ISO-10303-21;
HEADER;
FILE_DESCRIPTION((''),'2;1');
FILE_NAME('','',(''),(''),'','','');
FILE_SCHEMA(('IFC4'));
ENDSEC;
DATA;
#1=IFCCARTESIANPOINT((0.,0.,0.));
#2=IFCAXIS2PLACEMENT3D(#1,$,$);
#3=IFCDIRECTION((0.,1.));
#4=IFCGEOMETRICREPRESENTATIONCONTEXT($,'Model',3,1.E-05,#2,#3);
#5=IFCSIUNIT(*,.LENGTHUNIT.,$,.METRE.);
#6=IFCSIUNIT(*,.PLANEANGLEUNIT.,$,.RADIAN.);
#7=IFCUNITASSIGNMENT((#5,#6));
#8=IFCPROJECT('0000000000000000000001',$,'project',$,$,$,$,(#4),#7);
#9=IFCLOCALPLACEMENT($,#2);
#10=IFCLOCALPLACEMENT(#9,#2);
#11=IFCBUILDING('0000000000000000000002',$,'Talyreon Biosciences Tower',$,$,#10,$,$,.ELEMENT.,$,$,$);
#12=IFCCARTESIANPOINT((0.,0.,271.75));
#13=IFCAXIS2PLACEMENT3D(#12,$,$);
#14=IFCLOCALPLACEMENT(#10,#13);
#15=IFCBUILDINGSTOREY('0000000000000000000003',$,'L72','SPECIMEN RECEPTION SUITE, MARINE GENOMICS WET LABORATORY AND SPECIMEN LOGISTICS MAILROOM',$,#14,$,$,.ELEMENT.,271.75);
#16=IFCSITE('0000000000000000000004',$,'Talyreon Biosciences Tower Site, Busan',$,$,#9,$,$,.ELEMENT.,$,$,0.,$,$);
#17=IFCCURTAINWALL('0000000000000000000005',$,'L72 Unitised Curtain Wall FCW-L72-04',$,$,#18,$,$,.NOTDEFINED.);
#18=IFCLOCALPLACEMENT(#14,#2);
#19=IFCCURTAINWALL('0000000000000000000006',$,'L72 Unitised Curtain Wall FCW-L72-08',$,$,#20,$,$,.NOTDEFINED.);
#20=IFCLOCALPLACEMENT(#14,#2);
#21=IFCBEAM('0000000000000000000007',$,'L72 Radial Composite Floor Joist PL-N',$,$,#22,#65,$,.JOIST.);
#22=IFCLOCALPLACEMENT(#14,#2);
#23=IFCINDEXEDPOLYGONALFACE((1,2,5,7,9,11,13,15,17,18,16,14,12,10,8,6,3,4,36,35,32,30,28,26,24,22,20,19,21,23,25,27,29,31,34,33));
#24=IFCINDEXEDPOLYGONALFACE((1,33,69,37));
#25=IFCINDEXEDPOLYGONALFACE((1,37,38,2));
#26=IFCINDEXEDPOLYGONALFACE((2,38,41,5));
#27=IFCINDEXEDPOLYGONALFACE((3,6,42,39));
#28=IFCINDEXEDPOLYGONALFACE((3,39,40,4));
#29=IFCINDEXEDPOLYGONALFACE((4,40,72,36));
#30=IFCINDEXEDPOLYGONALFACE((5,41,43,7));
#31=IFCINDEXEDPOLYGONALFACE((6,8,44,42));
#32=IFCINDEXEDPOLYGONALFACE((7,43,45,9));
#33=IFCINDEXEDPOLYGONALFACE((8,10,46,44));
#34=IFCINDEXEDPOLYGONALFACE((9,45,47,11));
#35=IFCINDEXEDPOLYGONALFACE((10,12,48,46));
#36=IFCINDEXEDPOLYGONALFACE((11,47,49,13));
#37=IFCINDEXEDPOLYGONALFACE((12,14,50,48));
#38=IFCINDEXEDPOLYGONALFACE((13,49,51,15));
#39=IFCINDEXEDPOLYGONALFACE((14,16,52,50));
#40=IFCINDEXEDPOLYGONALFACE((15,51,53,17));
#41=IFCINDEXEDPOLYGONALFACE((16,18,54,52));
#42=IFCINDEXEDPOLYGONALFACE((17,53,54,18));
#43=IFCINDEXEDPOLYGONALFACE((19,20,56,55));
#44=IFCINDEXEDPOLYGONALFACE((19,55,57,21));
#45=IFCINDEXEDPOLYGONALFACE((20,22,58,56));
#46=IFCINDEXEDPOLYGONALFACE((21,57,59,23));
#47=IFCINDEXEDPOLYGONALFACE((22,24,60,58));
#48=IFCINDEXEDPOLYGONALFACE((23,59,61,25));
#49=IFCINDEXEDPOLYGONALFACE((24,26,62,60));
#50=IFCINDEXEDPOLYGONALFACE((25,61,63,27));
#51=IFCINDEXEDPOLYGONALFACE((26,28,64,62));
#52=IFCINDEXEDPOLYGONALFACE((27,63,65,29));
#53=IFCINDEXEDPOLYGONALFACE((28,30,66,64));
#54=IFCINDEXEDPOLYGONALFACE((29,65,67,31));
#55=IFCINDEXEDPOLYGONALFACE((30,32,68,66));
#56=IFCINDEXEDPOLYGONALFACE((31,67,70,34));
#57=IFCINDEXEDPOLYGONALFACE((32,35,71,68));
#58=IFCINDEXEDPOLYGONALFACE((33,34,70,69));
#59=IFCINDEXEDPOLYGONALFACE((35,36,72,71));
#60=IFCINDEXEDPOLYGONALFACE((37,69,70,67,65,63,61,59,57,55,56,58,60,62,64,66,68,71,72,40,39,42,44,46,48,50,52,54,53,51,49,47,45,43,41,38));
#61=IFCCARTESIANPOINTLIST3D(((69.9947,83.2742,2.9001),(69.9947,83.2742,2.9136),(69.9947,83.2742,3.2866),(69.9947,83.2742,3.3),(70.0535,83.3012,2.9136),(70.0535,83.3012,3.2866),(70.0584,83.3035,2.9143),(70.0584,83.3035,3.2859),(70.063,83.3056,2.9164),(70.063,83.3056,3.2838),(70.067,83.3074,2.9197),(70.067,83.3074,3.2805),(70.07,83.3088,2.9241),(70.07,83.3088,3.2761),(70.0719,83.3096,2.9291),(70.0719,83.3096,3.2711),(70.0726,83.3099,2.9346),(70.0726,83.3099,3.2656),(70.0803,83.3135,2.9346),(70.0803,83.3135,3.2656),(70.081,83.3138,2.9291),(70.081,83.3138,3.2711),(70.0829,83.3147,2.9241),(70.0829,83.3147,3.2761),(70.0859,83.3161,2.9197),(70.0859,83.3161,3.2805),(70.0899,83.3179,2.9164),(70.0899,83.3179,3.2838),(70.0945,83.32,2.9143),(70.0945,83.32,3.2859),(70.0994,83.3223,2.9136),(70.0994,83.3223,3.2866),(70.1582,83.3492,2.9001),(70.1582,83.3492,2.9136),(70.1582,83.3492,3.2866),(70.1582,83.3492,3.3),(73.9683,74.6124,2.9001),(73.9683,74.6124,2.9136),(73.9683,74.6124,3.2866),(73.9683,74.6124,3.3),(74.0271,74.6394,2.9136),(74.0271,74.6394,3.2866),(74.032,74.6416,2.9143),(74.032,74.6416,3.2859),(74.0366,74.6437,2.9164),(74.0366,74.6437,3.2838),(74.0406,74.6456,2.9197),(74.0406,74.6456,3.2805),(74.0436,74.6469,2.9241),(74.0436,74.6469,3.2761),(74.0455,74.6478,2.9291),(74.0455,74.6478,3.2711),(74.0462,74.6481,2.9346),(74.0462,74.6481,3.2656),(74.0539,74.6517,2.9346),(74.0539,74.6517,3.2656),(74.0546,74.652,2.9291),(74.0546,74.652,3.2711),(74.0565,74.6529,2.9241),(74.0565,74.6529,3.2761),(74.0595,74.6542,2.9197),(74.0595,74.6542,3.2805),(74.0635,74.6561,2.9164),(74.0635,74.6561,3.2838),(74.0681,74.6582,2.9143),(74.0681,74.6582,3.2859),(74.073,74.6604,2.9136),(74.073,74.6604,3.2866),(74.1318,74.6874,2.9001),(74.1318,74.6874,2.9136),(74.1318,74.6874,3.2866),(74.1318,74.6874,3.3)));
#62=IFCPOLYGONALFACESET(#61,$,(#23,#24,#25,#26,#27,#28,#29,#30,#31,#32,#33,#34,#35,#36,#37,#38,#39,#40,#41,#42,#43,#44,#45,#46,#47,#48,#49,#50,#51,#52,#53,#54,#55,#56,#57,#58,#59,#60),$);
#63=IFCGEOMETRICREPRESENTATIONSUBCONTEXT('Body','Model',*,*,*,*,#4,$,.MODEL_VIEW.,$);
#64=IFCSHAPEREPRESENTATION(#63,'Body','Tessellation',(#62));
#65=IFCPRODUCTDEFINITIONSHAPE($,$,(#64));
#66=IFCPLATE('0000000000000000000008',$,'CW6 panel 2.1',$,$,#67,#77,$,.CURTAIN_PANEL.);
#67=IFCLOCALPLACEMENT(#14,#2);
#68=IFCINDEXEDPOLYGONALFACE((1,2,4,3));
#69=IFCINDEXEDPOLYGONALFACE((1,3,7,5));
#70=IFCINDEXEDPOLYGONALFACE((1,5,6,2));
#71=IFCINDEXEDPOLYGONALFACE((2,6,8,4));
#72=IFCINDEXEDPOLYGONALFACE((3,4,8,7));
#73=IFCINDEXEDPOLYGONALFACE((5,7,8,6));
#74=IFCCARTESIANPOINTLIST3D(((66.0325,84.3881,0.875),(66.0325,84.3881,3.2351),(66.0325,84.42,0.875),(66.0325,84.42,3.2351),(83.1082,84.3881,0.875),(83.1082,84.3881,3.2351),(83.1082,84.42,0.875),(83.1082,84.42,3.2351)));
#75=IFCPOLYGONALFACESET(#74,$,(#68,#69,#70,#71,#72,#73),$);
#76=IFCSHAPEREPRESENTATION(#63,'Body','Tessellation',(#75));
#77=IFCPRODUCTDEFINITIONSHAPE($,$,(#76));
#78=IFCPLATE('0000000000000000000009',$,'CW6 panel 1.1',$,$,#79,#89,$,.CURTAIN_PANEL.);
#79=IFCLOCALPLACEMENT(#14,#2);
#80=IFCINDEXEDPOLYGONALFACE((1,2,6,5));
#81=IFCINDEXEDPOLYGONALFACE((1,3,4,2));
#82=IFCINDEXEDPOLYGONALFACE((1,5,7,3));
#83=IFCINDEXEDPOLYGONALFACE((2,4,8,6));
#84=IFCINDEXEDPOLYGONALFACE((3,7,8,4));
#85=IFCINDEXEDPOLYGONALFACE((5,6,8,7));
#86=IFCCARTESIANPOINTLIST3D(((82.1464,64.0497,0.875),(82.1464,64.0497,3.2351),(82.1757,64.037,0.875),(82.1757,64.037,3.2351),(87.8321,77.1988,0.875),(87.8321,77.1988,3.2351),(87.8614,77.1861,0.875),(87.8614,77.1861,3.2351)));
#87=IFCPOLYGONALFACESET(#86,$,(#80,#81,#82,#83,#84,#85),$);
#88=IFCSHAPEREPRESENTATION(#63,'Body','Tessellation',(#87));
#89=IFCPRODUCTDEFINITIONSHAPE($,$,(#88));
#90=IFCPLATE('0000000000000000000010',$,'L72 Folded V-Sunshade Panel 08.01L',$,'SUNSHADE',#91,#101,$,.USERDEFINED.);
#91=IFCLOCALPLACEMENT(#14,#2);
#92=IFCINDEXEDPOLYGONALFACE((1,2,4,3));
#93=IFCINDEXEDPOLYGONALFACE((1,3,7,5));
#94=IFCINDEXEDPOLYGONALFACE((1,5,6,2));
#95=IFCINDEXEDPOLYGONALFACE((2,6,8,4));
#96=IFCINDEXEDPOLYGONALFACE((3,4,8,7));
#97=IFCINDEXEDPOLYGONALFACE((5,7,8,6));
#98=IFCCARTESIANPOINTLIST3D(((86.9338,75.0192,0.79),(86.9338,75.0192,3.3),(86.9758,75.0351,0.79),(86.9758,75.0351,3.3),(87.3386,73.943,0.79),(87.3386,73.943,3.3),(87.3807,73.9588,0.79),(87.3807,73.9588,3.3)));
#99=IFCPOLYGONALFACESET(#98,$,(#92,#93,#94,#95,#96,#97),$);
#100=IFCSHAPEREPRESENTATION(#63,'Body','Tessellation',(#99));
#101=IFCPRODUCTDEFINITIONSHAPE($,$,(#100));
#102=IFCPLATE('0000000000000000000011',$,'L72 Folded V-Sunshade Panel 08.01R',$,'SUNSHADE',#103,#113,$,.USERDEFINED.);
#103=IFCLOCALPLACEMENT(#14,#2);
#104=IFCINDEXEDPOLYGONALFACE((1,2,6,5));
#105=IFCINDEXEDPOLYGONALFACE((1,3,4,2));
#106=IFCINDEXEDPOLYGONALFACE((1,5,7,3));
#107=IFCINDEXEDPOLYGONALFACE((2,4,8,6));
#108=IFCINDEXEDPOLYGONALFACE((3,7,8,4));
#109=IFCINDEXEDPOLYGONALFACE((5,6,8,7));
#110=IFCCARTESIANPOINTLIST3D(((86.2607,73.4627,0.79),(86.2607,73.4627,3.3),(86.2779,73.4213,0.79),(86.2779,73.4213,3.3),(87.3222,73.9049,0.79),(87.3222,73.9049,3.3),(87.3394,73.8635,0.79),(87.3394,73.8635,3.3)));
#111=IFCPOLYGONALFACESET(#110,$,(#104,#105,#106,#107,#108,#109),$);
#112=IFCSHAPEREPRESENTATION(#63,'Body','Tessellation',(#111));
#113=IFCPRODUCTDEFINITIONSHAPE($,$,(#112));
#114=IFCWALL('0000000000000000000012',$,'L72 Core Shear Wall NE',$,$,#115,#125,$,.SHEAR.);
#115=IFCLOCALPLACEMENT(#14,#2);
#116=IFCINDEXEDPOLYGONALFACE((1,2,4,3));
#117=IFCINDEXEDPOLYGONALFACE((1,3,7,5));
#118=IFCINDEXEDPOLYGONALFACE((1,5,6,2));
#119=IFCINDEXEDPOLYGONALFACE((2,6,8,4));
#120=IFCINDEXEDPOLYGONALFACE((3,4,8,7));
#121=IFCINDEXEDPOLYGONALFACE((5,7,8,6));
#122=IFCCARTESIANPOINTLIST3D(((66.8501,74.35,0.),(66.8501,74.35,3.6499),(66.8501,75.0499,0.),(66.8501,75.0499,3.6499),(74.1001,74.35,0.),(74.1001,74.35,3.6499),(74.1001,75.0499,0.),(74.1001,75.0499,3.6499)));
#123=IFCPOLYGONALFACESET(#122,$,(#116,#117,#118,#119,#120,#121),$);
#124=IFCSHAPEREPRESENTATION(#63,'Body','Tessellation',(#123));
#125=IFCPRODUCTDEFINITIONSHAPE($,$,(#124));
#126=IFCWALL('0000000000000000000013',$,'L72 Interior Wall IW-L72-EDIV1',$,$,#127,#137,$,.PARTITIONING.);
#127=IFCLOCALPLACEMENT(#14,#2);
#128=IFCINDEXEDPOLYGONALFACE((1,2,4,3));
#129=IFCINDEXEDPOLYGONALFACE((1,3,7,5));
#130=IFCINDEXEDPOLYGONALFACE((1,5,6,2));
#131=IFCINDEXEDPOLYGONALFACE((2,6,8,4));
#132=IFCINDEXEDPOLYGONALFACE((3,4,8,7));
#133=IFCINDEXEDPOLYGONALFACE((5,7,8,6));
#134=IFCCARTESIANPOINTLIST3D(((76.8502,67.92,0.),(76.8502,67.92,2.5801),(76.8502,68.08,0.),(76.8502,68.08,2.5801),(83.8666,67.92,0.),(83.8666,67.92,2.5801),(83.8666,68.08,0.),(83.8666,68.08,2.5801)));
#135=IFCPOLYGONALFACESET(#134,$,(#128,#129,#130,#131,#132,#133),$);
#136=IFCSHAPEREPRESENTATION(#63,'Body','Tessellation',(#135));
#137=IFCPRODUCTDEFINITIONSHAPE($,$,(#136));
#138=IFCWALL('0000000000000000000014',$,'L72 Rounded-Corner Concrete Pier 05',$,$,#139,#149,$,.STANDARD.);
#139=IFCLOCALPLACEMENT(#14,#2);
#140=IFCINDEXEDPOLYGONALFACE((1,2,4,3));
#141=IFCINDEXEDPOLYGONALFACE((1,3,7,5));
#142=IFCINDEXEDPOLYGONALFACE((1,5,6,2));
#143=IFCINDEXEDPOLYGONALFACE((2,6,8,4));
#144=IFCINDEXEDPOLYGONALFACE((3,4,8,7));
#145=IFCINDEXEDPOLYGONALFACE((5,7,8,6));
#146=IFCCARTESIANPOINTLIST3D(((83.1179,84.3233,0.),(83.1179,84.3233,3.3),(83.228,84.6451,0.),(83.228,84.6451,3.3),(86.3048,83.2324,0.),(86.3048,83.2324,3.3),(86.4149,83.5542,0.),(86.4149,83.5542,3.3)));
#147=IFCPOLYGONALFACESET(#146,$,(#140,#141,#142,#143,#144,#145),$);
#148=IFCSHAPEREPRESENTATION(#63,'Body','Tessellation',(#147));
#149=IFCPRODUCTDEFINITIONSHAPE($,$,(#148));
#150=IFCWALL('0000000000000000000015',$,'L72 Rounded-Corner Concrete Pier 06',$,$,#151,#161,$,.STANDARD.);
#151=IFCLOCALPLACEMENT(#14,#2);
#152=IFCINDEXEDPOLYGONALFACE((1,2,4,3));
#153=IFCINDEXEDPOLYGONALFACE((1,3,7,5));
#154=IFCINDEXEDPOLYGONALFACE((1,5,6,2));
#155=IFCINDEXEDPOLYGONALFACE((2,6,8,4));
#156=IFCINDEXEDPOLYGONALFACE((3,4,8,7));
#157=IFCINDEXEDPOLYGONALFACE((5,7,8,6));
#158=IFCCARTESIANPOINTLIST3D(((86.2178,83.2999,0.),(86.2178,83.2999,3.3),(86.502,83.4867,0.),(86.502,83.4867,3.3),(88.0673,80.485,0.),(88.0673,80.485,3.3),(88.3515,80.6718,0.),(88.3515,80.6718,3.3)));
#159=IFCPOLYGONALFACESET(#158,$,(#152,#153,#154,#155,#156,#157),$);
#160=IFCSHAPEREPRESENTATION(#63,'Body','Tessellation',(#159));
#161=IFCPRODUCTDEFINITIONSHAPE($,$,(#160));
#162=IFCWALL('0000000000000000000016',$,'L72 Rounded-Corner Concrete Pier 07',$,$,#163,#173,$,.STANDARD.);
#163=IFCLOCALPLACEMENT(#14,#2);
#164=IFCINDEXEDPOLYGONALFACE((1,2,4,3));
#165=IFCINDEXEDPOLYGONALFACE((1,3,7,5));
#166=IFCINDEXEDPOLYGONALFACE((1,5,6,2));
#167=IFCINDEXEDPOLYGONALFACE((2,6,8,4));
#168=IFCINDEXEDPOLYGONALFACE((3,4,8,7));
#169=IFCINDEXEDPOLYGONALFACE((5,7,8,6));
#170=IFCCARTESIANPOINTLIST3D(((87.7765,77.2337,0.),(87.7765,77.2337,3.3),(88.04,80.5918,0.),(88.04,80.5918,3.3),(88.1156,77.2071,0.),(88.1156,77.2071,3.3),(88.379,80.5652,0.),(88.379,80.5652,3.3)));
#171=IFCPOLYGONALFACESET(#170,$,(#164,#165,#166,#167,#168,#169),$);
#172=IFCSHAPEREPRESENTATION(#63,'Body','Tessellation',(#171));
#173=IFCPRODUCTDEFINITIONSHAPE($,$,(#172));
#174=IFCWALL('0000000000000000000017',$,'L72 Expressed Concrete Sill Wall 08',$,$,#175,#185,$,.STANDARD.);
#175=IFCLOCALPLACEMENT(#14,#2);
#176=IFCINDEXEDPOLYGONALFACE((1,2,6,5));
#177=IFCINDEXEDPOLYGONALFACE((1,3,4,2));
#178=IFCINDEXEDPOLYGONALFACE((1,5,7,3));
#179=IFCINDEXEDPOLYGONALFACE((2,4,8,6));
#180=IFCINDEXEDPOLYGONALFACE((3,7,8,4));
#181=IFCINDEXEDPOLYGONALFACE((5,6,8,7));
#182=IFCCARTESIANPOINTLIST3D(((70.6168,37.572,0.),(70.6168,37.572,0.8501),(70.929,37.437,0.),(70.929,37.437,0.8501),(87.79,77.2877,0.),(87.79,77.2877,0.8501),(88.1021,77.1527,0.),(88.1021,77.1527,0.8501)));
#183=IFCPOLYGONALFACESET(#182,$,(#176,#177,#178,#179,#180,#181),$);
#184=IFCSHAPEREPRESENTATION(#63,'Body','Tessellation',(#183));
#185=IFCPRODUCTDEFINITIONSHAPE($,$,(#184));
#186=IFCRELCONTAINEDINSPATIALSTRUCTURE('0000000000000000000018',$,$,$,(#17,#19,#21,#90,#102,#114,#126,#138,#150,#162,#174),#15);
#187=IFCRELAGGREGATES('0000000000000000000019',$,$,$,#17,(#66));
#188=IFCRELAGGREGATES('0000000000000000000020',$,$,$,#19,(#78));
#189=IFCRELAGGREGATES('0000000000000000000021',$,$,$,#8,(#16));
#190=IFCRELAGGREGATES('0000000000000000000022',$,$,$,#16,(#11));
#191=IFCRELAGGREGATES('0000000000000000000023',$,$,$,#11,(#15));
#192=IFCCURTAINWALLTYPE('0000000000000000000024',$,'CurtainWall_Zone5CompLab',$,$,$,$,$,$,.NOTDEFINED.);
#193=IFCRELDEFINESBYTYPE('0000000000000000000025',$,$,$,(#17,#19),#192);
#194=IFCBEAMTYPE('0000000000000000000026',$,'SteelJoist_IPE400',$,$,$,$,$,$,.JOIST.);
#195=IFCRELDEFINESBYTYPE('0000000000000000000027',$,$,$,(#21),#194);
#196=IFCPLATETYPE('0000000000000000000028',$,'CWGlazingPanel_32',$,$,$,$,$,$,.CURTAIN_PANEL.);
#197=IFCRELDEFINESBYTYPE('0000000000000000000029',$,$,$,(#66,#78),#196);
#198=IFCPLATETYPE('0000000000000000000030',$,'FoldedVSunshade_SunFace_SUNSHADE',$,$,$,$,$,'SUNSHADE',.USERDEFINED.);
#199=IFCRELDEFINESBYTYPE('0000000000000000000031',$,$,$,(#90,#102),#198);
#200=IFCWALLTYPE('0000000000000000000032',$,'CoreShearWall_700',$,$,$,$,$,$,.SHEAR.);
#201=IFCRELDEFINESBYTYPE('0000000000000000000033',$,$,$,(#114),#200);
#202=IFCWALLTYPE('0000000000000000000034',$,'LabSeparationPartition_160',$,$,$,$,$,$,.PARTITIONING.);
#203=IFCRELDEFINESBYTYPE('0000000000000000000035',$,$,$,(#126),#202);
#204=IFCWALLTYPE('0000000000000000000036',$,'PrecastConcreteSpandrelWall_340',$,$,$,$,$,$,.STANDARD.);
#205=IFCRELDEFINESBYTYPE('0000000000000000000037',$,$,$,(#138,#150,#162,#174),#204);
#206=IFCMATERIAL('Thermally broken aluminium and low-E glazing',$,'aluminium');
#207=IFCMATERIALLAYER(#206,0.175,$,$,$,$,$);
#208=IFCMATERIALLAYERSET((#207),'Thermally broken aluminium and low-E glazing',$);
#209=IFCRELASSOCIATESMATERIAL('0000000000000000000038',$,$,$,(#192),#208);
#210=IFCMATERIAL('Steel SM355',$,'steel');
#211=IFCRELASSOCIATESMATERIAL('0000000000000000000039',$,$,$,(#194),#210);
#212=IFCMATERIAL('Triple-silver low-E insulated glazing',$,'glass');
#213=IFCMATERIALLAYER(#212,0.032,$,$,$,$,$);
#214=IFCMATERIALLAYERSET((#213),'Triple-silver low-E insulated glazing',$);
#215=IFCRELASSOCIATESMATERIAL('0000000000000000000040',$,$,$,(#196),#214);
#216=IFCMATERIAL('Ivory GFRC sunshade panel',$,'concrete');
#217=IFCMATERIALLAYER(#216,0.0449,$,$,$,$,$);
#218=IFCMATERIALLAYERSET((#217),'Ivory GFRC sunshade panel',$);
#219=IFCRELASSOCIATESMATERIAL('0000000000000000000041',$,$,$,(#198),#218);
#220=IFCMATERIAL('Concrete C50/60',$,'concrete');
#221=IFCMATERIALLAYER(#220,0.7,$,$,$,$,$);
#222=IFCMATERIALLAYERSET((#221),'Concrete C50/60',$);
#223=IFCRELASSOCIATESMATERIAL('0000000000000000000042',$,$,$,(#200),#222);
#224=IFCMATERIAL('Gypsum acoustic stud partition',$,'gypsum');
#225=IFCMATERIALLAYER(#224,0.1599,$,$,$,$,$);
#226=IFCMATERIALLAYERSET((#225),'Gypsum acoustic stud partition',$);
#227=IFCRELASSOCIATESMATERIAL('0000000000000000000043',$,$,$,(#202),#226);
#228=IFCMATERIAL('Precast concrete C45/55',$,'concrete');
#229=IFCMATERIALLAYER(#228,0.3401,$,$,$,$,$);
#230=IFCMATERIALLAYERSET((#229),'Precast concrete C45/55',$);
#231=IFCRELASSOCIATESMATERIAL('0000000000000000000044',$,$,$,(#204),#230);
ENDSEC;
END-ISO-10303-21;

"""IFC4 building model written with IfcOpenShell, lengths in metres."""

from ifc_helpers import new_model, si_unit, direction, frame, frame_2d, origin, origin_2d, place, context, subcontext, project, spatial, rectangle, i_section, extrude, material, layer, layer_set, material_profile, profile_set, type_object, element, aggregate, save


model = new_model("IFC4")

# Units and contexts
model_context = context("Model", 3, precision=1e-05, world=origin(), true_north=direction((0.0, 1.0)))
body_context = subcontext(model_context, "Body", "Model", "MODEL_VIEW")
ifc_project = project(units=[si_unit("LENGTHUNIT", "METRE"), si_unit("PLANEANGLEUNIT", "RADIAN")], contexts=[model_context])

# Site, building, storey
site_placement = place(None, origin())
site = spatial("IfcSite", under=ifc_project, at=site_placement, Name="Talyreon Biosciences Tower Site, Busan", CompositionType="ELEMENT", RefElevation=0.0)
building_placement = place(site_placement, origin())
building = spatial("IfcBuilding", under=site, at=building_placement, Name="Talyreon Biosciences Tower", CompositionType="ELEMENT")
storey_placement = place(building_placement, frame((0.0, 0.0, 271.75)))
storey = spatial("IfcBuildingStorey", under=building, at=storey_placement, Name="L72", Description="SPECIMEN RECEPTION SUITE, MARINE GENOMICS WET LABORATORY AND SPECIMEN LOGISTICS MAILROOM", CompositionType="ELEMENT", Elevation=271.75)

# Shared definitions
ifc_material_1 = material(Name="Concrete C50/60", Category="concrete")

# Curtain wall
ifc_material_2 = material(Name="Thermally broken aluminium and low-E glazing", Category="aluminium")
ifc_layer_1 = layer(ifc_material_2, 0.175)
ifc_layer_set_1 = layer_set([ifc_layer_1], Name="Thermally broken aluminium and low-E glazing")
curtain_wall_type = type_object("IfcCurtainWallType", Name="CurtainWall_Zone5CompLab", PredefinedType="NOTDEFINED", material=ifc_layer_set_1)
curtain_wall_1_placement = place(storey_placement, origin())
curtain_wall_1 = element("IfcCurtainWall", 1, at=curtain_wall_1_placement, inside=storey, type_object=curtain_wall_type, Name="L72 Unitised Curtain Wall FCW-L72-04", PredefinedType="NOTDEFINED")

# Curtain wall
curtain_wall_2_placement = place(storey_placement, origin())
curtain_wall_2 = element("IfcCurtainWall", 2, at=curtain_wall_2_placement, inside=storey, type_object=curtain_wall_type, Name="L72 Unitised Curtain Wall FCW-L72-08", PredefinedType="NOTDEFINED")

# Beam
ifc_material_3 = material(Name="Precast concrete C45/55", Category="concrete")
ifc_material_4 = material(Name="Steel SM355", Category="steel")
ifc_material_profile_1 = material_profile(ifc_material_4, i_section(OverallWidth=0.1799, OverallDepth=0.3999, WebThickness=0.0085, FlangeThickness=0.0134, FilletRadius=0.021, at=origin_2d()), Name="IPE400")
ifc_profile_set_1 = profile_set([ifc_material_profile_1], Name="Steel SM355")
beam_type_1 = type_object("IfcBeamType", Name="SteelJoist_IPE400", PredefinedType="JOIST", material=ifc_profile_set_1)
beam_1_placement = place(storey_placement, frame((74.05, 74.6499, 3.1001), z_axis=(-0.416968, 0.908921, 0.0), x_axis=(-0.908921, -0.416968, 0.0)))
element("IfcBeam", 3, at=beam_1_placement, inside=storey, type_object=beam_type_1, Name="L72 Radial Composite Floor Joist PL-N", PredefinedType="JOIST", context=body_context, shape_type="SweptSolid", body=[
    extrude(i_section(OverallWidth=0.1799, OverallDepth=0.3999, WebThickness=0.0085, FlangeThickness=0.0134, FilletRadius=0.021, at=origin_2d()), origin(), (0.0, 0.0, 1.0), 9.5298),
])

# Plates
ifc_material_5 = material(Name="Triple-silver low-E insulated glazing", Category="glass")
ifc_layer_2 = layer(ifc_material_5, 0.032)
ifc_layer_set_2 = layer_set([ifc_layer_2], Name="Triple-silver low-E insulated glazing")
plate_type_1 = type_object("IfcPlateType", Name="CWGlazingPanel_32", PredefinedType="CURTAIN_PANEL", material=ifc_layer_set_2)
plate_1_placement = place(storey_placement, frame((74.5703, 84.4041, 0.875), z_axis=(0.0, 0.0, 1.0), x_axis=(1.0, 0.0, 0.0)))
plate_1 = element("IfcPlate", 4, at=plate_1_placement, type_object=plate_type_1, Name="CW6 panel 2.1", PredefinedType="CURTAIN_PANEL", context=body_context, shape_type="SweptSolid", body=[
    extrude(rectangle(XDim=17.0757, YDim=0.032, at=origin_2d()), origin(), (0.0, 0.0, 1.0), 2.3601),
])
aggregate(curtain_wall_1, [plate_1])
plate_2_placement = place(storey_placement, frame((85.0039, 70.6179, 0.875), z_axis=(0.0, 0.0, 1.0), x_axis=(-0.396887, -0.917868, 0.0)))
plate_2 = element("IfcPlate", 5, at=plate_2_placement, type_object=plate_type_1, Name="CW6 panel 1.1", PredefinedType="CURTAIN_PANEL", context=body_context, shape_type="SweptSolid", body=[
    extrude(rectangle(XDim=14.3257, YDim=0.032, at=origin_2d()), origin(), (0.0, 0.0, 1.0), 2.3601),
])
aggregate(curtain_wall_2, [plate_2])

# Plates
ifc_material_6 = material(Name="Ivory GFRC sunshade panel", Category="concrete")
ifc_layer_3 = layer(ifc_material_6, 0.0449)
ifc_layer_set_3 = layer_set([ifc_layer_3], Name="Ivory GFRC sunshade panel")
plate_type_2 = type_object("IfcPlateType", Name="FoldedVSunshade_SunFace_SUNSHADE", ElementType="SUNSHADE", PredefinedType="USERDEFINED", material=ifc_layer_set_3)
for number, where, z_axis, x_axis, name in (
    (6, (87.1572, 74.489, 0.79), (0.0, 0.0, 1.0), (0.352103, -0.935961, 0.0), "L72 Folded V-Sunshade Panel 08.01L"),
    (7, (86.8, 73.6631, 0.79), (0.0, 0.0, 1.0), (-0.923103, -0.384553, 0.0), "L72 Folded V-Sunshade Panel 08.01R"),
):
    element("IfcPlate", number, at=place(storey_placement, frame(where, z_axis=z_axis, x_axis=x_axis)), inside=storey, type_object=plate_type_2, Name=name, ObjectType="SUNSHADE", PredefinedType="USERDEFINED", context=body_context, shape_type="SweptSolid", body=[
        extrude(rectangle(XDim=1.1499, YDim=0.0449, at=origin_2d()), origin(), (0.0, 0.0, 1.0), 2.51),
    ])

# Walls
ifc_layer_4 = layer(ifc_material_1, 0.7)
ifc_layer_set_4 = layer_set([ifc_layer_4], Name="Concrete C50/60")
wall_type_1 = type_object("IfcWallType", Name="CoreShearWall_700", PredefinedType="SHEAR", material=ifc_layer_set_4)
wall_1_placement = place(storey_placement, frame((74.1001, 74.7, 0.0), z_axis=(0.0, 0.0, 1.0), x_axis=(-1.0, 0.0, 0.0)))
element("IfcWall", 8, at=wall_1_placement, inside=storey, type_object=wall_type_1, Name="L72 Core Shear Wall NE", PredefinedType="SHEAR", context=body_context, shape_type="SweptSolid", body=[
    extrude(rectangle(XDim=7.25, YDim=0.7, at=frame_2d((3.625, 0.0))), origin(), (0.0, 0.0, 1.0), 3.6499),
])
ifc_material_7 = material(Name="Gypsum acoustic stud partition", Category="gypsum")
ifc_layer_5 = layer(ifc_material_7, 0.1599)
ifc_layer_set_5 = layer_set([ifc_layer_5], Name="Gypsum acoustic stud partition")
wall_type_2 = type_object("IfcWallType", Name="LabSeparationPartition_160", PredefinedType="PARTITIONING", material=ifc_layer_set_5)
wall_2_placement = place(storey_placement, frame((76.8501, 68.0, 0.0), z_axis=(0.0, 0.0, 1.0), x_axis=(1.0, 0.0, 0.0)))
element("IfcWall", 9, at=wall_2_placement, inside=storey, type_object=wall_type_2, Name="L72 Interior Wall IW-L72-EDIV1", PredefinedType="PARTITIONING", context=body_context, shape_type="SweptSolid", body=[
    extrude(rectangle(XDim=7.0164, YDim=0.1599, at=frame_2d((3.5083, 0.0))), origin(), (0.0, 0.0, 1.0), 2.5801),
])
ifc_layer_6 = layer(ifc_material_3, 0.3401)
ifc_layer_set_6 = layer_set([ifc_layer_6], Name="Precast concrete C45/55")
wall_type_3 = type_object("IfcWallType", Name="PrecastConcreteSpandrelWall_340", PredefinedType="STANDARD", material=ifc_layer_set_6)
wall_3_placement = place(storey_placement, frame((83.1731, 84.4841, 0.0), z_axis=(0.0, 0.0, 1.0), x_axis=(0.946108, -0.32385, 0.0)))
element("IfcWall", 10, at=wall_3_placement, inside=storey, type_object=wall_type_3, Name="L72 Rounded-Corner Concrete Pier 05", PredefinedType="STANDARD", context=body_context, shape_type="SweptSolid", body=[
    extrude(rectangle(XDim=3.3684, YDim=0.3401, at=frame_2d((1.6841, 0.0))), origin(), (0.0, 0.0, 1.0), 3.3),
])
wall_4_placement = place(storey_placement, frame((86.3599, 83.3933, 0.0), z_axis=(0.0, 0.0, 1.0), x_axis=(0.549134, -0.835734, 0.0)))
element("IfcWall", 11, at=wall_4_placement, inside=storey, type_object=wall_type_3, Name="L72 Rounded-Corner Concrete Pier 06", PredefinedType="STANDARD", context=body_context, shape_type="SweptSolid", body=[
    extrude(rectangle(XDim=3.3682, YDim=0.3401, at=frame_2d((1.6841, 0.0))), origin(), (0.0, 0.0, 1.0), 3.3),
])
wall_5_placement = place(storey_placement, frame((88.2095, 80.5784, 0.0), z_axis=(0.0, 0.0, 1.0), x_axis=(-0.078204, -0.996937, 0.0)))
element("IfcWall", 12, at=wall_5_placement, inside=storey, type_object=wall_type_3, Name="L72 Rounded-Corner Concrete Pier 07", PredefinedType="STANDARD", context=body_context, shape_type="SweptSolid", body=[
    extrude(rectangle(XDim=3.3684, YDim=0.3401, at=frame_2d((1.6841, 0.0))), origin(), (0.0, 0.0, 1.0), 3.3),
])
wall_6_placement = place(storey_placement, frame((87.946, 77.2202, 0.0), z_axis=(0.0, 0.0, 1.0), x_axis=(-0.396888, -0.917867, 0.0)))
element("IfcWall", 13, at=wall_6_placement, inside=storey, type_object=wall_type_3, Name="L72 Expressed Concrete Sill Wall 08", PredefinedType="STANDARD", context=body_context, shape_type="SweptSolid", body=[
    extrude(rectangle(XDim=43.2695, YDim=0.3401, at=frame_2d((21.6348, 0.0))), origin(), (0.0, 0.0, 1.0), 0.8501),
])

save(model, "model.ifc")
